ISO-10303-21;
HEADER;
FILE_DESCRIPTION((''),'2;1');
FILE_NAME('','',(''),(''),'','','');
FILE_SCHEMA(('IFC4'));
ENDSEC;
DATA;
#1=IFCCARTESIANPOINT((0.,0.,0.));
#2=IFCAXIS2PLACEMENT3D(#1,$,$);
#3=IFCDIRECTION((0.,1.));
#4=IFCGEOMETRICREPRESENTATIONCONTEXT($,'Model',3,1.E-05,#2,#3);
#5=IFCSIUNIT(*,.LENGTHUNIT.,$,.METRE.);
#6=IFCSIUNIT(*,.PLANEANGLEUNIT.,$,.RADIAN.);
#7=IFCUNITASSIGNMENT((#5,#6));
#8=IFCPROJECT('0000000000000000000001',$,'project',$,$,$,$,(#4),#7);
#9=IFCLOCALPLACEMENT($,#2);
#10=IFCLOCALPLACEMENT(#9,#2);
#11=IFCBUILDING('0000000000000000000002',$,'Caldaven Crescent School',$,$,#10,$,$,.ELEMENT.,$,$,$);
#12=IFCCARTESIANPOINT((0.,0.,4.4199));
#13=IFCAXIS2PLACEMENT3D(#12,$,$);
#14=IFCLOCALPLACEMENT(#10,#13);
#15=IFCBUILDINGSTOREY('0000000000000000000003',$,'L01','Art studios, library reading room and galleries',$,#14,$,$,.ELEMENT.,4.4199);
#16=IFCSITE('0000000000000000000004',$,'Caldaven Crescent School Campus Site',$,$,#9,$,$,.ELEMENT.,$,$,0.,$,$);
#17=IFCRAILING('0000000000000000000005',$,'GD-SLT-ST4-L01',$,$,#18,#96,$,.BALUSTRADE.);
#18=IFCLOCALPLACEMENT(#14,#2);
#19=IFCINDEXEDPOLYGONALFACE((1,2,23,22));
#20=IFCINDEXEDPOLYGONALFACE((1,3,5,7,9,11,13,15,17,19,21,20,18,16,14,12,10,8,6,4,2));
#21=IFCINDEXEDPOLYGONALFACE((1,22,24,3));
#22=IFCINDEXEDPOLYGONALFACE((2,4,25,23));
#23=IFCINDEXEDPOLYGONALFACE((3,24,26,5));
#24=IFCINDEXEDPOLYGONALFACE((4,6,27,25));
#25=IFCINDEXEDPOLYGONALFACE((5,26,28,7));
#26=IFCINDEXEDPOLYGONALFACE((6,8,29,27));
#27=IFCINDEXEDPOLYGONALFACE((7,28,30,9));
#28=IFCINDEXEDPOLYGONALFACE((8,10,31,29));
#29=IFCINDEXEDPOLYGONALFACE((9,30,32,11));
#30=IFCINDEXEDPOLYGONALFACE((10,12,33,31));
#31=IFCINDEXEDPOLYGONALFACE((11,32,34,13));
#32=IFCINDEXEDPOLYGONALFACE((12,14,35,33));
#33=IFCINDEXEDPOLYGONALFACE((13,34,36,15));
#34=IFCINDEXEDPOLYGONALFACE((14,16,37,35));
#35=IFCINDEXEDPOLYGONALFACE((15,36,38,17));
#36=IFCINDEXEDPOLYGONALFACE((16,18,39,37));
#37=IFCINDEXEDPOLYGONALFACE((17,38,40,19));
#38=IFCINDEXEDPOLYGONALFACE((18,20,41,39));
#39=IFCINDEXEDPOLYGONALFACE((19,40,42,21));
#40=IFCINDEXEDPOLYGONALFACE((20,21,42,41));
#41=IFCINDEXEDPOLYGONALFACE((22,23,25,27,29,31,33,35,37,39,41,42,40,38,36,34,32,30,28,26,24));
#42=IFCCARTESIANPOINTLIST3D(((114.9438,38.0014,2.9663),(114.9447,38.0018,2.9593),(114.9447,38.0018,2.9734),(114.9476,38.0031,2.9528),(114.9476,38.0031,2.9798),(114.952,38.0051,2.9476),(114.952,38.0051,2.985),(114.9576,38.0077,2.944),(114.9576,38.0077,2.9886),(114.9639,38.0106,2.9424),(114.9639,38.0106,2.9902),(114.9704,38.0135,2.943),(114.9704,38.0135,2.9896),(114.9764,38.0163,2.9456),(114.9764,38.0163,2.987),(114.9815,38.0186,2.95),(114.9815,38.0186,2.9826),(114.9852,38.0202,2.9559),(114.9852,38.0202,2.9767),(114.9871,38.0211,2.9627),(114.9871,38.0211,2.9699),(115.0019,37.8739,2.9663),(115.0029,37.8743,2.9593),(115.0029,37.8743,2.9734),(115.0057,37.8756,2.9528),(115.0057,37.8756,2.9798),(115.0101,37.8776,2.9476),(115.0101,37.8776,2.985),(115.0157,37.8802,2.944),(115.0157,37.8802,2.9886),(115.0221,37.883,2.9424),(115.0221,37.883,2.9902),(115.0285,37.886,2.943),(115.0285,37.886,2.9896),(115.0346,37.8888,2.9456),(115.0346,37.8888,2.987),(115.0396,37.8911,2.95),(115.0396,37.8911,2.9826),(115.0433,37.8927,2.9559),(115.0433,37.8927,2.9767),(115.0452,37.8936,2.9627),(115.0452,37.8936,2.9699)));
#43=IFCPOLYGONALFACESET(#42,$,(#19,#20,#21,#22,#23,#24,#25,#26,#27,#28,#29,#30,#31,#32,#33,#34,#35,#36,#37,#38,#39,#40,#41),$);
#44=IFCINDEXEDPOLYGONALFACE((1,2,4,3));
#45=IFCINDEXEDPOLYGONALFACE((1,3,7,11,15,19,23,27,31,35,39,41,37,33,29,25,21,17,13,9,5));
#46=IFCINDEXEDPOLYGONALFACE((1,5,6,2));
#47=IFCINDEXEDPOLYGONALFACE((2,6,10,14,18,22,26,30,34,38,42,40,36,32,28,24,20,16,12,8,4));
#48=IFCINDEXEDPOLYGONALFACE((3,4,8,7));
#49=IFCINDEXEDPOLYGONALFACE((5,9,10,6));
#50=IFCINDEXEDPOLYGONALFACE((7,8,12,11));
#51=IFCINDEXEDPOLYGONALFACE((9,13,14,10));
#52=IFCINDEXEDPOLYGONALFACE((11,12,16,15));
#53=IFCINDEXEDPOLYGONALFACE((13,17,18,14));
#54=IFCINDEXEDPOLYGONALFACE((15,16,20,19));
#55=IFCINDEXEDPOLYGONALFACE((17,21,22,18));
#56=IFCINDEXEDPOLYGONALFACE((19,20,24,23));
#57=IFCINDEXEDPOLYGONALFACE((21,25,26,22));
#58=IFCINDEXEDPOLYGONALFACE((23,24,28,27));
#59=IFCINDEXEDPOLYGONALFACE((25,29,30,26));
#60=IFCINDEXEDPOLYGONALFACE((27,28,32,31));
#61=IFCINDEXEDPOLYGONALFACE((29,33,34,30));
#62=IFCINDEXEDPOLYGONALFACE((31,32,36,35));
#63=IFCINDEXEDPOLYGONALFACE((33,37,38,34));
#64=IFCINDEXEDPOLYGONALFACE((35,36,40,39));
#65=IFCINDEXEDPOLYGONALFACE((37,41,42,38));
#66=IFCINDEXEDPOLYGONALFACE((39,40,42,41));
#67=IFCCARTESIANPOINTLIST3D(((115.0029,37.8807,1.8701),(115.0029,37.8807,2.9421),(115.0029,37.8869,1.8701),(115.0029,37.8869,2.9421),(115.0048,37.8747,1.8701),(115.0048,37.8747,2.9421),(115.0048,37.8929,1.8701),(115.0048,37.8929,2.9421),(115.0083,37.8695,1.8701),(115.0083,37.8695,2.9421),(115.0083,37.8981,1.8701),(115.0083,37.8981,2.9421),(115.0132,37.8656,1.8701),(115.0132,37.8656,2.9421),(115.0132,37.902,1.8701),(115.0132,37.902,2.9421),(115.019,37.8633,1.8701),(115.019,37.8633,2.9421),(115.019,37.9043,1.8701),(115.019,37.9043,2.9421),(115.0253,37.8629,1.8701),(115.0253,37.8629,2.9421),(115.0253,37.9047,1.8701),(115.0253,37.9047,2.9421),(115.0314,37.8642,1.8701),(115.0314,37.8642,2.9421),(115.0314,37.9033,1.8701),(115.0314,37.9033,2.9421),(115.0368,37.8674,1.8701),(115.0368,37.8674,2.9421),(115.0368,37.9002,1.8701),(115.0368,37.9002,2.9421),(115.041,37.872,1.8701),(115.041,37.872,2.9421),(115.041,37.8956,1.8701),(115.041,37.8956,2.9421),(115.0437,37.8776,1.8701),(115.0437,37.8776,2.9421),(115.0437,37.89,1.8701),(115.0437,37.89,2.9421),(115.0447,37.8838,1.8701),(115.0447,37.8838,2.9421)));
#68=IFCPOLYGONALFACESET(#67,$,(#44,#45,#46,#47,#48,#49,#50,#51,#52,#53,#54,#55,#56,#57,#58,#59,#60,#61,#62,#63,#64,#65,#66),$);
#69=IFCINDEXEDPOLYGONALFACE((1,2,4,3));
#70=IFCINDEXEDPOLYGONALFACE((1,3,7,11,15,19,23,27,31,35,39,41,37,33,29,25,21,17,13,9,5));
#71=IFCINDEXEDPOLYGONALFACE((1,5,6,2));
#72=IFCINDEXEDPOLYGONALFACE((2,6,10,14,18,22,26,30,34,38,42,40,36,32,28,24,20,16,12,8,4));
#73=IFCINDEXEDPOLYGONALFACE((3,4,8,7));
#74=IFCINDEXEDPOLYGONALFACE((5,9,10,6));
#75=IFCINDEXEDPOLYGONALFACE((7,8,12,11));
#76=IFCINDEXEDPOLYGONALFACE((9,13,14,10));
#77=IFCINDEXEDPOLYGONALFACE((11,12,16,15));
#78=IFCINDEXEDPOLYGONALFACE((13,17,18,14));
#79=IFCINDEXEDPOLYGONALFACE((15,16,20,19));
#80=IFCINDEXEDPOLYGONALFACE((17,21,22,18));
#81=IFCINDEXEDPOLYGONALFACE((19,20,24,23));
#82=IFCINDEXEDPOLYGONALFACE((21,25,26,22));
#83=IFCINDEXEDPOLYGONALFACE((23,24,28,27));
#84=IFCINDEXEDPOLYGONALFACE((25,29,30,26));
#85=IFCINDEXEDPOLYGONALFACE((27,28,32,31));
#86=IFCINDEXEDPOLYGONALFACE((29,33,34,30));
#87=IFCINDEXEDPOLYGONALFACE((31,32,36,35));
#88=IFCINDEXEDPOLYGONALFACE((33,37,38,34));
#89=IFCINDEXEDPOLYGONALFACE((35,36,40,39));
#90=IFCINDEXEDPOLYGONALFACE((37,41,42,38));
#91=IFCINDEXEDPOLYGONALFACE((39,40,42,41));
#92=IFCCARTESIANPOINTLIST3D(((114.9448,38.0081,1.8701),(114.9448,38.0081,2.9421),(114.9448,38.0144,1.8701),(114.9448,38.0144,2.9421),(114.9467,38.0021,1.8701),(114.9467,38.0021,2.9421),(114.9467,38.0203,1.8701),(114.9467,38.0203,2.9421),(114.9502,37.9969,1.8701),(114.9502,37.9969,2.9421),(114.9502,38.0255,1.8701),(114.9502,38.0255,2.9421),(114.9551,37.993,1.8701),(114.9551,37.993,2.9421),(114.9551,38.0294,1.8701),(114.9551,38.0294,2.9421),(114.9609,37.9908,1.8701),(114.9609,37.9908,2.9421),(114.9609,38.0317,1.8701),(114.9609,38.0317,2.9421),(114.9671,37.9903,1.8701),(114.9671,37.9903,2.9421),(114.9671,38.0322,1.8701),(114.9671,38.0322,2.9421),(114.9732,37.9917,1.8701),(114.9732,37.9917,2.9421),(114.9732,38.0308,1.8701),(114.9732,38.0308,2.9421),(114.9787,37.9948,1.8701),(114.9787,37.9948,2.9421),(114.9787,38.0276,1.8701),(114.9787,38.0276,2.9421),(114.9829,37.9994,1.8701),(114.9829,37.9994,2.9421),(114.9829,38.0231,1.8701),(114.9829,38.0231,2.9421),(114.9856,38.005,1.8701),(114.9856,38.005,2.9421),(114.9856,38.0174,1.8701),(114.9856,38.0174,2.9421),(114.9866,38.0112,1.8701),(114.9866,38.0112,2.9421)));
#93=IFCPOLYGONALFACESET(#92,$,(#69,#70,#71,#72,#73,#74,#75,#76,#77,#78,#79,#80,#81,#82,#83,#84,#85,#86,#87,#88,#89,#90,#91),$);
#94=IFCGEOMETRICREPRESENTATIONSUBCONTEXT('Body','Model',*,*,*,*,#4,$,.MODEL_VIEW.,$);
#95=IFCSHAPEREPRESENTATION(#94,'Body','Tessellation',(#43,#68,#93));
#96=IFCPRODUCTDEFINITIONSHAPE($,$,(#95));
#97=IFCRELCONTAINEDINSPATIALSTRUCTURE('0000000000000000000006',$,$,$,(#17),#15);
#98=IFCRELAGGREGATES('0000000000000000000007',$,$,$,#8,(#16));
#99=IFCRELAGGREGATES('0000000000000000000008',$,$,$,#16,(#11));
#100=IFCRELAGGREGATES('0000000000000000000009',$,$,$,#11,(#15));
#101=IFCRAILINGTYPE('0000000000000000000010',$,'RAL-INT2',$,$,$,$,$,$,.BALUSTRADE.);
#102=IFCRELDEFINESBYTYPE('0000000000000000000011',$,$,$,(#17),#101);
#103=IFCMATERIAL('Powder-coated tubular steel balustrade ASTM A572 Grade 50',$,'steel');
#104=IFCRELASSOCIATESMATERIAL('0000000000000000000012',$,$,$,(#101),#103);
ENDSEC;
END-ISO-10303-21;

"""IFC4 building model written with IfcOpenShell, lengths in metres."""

from ifc_helpers import new_model, si_unit, direction, frame, origin, origin_2d, place, context, subcontext, project, spatial, circle, extrude, material, type_object, element, save


model = new_model("IFC4")

# Units and contexts
model_context = context("Model", 3, precision=1e-05, world=origin(), true_north=direction((0.0, 1.0)))
body_context = subcontext(model_context, "Body", "Model", "MODEL_VIEW")
ifc_project = project(units=[si_unit("LENGTHUNIT", "METRE"), si_unit("PLANEANGLEUNIT", "RADIAN")], contexts=[model_context])

# Site, building, storey
site_placement = place(None, origin())
site = spatial("IfcSite", under=ifc_project, at=site_placement, Name="Caldaven Crescent School Campus Site", CompositionType="ELEMENT", RefElevation=0.0)
building_placement = place(site_placement, origin())
building = spatial("IfcBuilding", under=site, at=building_placement, Name="Caldaven Crescent School", CompositionType="ELEMENT")
storey_placement = place(building_placement, frame((0.0, 0.0, 4.4199)))
storey = spatial("IfcBuildingStorey", under=building, at=storey_placement, Name="L01", Description="Art studios, library reading room and galleries", CompositionType="ELEMENT", Elevation=4.4199)

# Railing
ifc_material_1 = material(Name="Powder-coated tubular steel balustrade ASTM A572 Grade 50", Category="steel")
railing_type_1 = type_object("IfcRailingType", Name="RAL-INT2", PredefinedType="BALUSTRADE", material=ifc_material_1)
railing_1_placement = place(storey_placement, frame((115.0237, 37.8838, 1.8701)))
element("IfcRailing", 1, at=railing_1_placement, inside=storey, type_object=railing_type_1, Name="GD-SLT-ST4-L01", PredefinedType="BALUSTRADE", context=body_context, shape_type="SweptSolid", body=[
    extrude(circle(Radius=0.0239, at=origin_2d()), frame((0.0, 0.0, 1.0962), z_axis=(-0.414853, 0.909888, 0.0), x_axis=(-0.909888, -0.414853, 0.0)), (0.0, 0.0, 1.0), 0.1401),
    extrude(circle(Radius=0.021, at=origin_2d()), origin(), (0.0, 0.0, 1.0), 1.072),
    extrude(circle(Radius=0.021, at=origin_2d()), frame((-0.0581, 0.1274, 0.0)), (0.0, 0.0, 1.0), 1.072),
])

save(model, "model.ifc")
